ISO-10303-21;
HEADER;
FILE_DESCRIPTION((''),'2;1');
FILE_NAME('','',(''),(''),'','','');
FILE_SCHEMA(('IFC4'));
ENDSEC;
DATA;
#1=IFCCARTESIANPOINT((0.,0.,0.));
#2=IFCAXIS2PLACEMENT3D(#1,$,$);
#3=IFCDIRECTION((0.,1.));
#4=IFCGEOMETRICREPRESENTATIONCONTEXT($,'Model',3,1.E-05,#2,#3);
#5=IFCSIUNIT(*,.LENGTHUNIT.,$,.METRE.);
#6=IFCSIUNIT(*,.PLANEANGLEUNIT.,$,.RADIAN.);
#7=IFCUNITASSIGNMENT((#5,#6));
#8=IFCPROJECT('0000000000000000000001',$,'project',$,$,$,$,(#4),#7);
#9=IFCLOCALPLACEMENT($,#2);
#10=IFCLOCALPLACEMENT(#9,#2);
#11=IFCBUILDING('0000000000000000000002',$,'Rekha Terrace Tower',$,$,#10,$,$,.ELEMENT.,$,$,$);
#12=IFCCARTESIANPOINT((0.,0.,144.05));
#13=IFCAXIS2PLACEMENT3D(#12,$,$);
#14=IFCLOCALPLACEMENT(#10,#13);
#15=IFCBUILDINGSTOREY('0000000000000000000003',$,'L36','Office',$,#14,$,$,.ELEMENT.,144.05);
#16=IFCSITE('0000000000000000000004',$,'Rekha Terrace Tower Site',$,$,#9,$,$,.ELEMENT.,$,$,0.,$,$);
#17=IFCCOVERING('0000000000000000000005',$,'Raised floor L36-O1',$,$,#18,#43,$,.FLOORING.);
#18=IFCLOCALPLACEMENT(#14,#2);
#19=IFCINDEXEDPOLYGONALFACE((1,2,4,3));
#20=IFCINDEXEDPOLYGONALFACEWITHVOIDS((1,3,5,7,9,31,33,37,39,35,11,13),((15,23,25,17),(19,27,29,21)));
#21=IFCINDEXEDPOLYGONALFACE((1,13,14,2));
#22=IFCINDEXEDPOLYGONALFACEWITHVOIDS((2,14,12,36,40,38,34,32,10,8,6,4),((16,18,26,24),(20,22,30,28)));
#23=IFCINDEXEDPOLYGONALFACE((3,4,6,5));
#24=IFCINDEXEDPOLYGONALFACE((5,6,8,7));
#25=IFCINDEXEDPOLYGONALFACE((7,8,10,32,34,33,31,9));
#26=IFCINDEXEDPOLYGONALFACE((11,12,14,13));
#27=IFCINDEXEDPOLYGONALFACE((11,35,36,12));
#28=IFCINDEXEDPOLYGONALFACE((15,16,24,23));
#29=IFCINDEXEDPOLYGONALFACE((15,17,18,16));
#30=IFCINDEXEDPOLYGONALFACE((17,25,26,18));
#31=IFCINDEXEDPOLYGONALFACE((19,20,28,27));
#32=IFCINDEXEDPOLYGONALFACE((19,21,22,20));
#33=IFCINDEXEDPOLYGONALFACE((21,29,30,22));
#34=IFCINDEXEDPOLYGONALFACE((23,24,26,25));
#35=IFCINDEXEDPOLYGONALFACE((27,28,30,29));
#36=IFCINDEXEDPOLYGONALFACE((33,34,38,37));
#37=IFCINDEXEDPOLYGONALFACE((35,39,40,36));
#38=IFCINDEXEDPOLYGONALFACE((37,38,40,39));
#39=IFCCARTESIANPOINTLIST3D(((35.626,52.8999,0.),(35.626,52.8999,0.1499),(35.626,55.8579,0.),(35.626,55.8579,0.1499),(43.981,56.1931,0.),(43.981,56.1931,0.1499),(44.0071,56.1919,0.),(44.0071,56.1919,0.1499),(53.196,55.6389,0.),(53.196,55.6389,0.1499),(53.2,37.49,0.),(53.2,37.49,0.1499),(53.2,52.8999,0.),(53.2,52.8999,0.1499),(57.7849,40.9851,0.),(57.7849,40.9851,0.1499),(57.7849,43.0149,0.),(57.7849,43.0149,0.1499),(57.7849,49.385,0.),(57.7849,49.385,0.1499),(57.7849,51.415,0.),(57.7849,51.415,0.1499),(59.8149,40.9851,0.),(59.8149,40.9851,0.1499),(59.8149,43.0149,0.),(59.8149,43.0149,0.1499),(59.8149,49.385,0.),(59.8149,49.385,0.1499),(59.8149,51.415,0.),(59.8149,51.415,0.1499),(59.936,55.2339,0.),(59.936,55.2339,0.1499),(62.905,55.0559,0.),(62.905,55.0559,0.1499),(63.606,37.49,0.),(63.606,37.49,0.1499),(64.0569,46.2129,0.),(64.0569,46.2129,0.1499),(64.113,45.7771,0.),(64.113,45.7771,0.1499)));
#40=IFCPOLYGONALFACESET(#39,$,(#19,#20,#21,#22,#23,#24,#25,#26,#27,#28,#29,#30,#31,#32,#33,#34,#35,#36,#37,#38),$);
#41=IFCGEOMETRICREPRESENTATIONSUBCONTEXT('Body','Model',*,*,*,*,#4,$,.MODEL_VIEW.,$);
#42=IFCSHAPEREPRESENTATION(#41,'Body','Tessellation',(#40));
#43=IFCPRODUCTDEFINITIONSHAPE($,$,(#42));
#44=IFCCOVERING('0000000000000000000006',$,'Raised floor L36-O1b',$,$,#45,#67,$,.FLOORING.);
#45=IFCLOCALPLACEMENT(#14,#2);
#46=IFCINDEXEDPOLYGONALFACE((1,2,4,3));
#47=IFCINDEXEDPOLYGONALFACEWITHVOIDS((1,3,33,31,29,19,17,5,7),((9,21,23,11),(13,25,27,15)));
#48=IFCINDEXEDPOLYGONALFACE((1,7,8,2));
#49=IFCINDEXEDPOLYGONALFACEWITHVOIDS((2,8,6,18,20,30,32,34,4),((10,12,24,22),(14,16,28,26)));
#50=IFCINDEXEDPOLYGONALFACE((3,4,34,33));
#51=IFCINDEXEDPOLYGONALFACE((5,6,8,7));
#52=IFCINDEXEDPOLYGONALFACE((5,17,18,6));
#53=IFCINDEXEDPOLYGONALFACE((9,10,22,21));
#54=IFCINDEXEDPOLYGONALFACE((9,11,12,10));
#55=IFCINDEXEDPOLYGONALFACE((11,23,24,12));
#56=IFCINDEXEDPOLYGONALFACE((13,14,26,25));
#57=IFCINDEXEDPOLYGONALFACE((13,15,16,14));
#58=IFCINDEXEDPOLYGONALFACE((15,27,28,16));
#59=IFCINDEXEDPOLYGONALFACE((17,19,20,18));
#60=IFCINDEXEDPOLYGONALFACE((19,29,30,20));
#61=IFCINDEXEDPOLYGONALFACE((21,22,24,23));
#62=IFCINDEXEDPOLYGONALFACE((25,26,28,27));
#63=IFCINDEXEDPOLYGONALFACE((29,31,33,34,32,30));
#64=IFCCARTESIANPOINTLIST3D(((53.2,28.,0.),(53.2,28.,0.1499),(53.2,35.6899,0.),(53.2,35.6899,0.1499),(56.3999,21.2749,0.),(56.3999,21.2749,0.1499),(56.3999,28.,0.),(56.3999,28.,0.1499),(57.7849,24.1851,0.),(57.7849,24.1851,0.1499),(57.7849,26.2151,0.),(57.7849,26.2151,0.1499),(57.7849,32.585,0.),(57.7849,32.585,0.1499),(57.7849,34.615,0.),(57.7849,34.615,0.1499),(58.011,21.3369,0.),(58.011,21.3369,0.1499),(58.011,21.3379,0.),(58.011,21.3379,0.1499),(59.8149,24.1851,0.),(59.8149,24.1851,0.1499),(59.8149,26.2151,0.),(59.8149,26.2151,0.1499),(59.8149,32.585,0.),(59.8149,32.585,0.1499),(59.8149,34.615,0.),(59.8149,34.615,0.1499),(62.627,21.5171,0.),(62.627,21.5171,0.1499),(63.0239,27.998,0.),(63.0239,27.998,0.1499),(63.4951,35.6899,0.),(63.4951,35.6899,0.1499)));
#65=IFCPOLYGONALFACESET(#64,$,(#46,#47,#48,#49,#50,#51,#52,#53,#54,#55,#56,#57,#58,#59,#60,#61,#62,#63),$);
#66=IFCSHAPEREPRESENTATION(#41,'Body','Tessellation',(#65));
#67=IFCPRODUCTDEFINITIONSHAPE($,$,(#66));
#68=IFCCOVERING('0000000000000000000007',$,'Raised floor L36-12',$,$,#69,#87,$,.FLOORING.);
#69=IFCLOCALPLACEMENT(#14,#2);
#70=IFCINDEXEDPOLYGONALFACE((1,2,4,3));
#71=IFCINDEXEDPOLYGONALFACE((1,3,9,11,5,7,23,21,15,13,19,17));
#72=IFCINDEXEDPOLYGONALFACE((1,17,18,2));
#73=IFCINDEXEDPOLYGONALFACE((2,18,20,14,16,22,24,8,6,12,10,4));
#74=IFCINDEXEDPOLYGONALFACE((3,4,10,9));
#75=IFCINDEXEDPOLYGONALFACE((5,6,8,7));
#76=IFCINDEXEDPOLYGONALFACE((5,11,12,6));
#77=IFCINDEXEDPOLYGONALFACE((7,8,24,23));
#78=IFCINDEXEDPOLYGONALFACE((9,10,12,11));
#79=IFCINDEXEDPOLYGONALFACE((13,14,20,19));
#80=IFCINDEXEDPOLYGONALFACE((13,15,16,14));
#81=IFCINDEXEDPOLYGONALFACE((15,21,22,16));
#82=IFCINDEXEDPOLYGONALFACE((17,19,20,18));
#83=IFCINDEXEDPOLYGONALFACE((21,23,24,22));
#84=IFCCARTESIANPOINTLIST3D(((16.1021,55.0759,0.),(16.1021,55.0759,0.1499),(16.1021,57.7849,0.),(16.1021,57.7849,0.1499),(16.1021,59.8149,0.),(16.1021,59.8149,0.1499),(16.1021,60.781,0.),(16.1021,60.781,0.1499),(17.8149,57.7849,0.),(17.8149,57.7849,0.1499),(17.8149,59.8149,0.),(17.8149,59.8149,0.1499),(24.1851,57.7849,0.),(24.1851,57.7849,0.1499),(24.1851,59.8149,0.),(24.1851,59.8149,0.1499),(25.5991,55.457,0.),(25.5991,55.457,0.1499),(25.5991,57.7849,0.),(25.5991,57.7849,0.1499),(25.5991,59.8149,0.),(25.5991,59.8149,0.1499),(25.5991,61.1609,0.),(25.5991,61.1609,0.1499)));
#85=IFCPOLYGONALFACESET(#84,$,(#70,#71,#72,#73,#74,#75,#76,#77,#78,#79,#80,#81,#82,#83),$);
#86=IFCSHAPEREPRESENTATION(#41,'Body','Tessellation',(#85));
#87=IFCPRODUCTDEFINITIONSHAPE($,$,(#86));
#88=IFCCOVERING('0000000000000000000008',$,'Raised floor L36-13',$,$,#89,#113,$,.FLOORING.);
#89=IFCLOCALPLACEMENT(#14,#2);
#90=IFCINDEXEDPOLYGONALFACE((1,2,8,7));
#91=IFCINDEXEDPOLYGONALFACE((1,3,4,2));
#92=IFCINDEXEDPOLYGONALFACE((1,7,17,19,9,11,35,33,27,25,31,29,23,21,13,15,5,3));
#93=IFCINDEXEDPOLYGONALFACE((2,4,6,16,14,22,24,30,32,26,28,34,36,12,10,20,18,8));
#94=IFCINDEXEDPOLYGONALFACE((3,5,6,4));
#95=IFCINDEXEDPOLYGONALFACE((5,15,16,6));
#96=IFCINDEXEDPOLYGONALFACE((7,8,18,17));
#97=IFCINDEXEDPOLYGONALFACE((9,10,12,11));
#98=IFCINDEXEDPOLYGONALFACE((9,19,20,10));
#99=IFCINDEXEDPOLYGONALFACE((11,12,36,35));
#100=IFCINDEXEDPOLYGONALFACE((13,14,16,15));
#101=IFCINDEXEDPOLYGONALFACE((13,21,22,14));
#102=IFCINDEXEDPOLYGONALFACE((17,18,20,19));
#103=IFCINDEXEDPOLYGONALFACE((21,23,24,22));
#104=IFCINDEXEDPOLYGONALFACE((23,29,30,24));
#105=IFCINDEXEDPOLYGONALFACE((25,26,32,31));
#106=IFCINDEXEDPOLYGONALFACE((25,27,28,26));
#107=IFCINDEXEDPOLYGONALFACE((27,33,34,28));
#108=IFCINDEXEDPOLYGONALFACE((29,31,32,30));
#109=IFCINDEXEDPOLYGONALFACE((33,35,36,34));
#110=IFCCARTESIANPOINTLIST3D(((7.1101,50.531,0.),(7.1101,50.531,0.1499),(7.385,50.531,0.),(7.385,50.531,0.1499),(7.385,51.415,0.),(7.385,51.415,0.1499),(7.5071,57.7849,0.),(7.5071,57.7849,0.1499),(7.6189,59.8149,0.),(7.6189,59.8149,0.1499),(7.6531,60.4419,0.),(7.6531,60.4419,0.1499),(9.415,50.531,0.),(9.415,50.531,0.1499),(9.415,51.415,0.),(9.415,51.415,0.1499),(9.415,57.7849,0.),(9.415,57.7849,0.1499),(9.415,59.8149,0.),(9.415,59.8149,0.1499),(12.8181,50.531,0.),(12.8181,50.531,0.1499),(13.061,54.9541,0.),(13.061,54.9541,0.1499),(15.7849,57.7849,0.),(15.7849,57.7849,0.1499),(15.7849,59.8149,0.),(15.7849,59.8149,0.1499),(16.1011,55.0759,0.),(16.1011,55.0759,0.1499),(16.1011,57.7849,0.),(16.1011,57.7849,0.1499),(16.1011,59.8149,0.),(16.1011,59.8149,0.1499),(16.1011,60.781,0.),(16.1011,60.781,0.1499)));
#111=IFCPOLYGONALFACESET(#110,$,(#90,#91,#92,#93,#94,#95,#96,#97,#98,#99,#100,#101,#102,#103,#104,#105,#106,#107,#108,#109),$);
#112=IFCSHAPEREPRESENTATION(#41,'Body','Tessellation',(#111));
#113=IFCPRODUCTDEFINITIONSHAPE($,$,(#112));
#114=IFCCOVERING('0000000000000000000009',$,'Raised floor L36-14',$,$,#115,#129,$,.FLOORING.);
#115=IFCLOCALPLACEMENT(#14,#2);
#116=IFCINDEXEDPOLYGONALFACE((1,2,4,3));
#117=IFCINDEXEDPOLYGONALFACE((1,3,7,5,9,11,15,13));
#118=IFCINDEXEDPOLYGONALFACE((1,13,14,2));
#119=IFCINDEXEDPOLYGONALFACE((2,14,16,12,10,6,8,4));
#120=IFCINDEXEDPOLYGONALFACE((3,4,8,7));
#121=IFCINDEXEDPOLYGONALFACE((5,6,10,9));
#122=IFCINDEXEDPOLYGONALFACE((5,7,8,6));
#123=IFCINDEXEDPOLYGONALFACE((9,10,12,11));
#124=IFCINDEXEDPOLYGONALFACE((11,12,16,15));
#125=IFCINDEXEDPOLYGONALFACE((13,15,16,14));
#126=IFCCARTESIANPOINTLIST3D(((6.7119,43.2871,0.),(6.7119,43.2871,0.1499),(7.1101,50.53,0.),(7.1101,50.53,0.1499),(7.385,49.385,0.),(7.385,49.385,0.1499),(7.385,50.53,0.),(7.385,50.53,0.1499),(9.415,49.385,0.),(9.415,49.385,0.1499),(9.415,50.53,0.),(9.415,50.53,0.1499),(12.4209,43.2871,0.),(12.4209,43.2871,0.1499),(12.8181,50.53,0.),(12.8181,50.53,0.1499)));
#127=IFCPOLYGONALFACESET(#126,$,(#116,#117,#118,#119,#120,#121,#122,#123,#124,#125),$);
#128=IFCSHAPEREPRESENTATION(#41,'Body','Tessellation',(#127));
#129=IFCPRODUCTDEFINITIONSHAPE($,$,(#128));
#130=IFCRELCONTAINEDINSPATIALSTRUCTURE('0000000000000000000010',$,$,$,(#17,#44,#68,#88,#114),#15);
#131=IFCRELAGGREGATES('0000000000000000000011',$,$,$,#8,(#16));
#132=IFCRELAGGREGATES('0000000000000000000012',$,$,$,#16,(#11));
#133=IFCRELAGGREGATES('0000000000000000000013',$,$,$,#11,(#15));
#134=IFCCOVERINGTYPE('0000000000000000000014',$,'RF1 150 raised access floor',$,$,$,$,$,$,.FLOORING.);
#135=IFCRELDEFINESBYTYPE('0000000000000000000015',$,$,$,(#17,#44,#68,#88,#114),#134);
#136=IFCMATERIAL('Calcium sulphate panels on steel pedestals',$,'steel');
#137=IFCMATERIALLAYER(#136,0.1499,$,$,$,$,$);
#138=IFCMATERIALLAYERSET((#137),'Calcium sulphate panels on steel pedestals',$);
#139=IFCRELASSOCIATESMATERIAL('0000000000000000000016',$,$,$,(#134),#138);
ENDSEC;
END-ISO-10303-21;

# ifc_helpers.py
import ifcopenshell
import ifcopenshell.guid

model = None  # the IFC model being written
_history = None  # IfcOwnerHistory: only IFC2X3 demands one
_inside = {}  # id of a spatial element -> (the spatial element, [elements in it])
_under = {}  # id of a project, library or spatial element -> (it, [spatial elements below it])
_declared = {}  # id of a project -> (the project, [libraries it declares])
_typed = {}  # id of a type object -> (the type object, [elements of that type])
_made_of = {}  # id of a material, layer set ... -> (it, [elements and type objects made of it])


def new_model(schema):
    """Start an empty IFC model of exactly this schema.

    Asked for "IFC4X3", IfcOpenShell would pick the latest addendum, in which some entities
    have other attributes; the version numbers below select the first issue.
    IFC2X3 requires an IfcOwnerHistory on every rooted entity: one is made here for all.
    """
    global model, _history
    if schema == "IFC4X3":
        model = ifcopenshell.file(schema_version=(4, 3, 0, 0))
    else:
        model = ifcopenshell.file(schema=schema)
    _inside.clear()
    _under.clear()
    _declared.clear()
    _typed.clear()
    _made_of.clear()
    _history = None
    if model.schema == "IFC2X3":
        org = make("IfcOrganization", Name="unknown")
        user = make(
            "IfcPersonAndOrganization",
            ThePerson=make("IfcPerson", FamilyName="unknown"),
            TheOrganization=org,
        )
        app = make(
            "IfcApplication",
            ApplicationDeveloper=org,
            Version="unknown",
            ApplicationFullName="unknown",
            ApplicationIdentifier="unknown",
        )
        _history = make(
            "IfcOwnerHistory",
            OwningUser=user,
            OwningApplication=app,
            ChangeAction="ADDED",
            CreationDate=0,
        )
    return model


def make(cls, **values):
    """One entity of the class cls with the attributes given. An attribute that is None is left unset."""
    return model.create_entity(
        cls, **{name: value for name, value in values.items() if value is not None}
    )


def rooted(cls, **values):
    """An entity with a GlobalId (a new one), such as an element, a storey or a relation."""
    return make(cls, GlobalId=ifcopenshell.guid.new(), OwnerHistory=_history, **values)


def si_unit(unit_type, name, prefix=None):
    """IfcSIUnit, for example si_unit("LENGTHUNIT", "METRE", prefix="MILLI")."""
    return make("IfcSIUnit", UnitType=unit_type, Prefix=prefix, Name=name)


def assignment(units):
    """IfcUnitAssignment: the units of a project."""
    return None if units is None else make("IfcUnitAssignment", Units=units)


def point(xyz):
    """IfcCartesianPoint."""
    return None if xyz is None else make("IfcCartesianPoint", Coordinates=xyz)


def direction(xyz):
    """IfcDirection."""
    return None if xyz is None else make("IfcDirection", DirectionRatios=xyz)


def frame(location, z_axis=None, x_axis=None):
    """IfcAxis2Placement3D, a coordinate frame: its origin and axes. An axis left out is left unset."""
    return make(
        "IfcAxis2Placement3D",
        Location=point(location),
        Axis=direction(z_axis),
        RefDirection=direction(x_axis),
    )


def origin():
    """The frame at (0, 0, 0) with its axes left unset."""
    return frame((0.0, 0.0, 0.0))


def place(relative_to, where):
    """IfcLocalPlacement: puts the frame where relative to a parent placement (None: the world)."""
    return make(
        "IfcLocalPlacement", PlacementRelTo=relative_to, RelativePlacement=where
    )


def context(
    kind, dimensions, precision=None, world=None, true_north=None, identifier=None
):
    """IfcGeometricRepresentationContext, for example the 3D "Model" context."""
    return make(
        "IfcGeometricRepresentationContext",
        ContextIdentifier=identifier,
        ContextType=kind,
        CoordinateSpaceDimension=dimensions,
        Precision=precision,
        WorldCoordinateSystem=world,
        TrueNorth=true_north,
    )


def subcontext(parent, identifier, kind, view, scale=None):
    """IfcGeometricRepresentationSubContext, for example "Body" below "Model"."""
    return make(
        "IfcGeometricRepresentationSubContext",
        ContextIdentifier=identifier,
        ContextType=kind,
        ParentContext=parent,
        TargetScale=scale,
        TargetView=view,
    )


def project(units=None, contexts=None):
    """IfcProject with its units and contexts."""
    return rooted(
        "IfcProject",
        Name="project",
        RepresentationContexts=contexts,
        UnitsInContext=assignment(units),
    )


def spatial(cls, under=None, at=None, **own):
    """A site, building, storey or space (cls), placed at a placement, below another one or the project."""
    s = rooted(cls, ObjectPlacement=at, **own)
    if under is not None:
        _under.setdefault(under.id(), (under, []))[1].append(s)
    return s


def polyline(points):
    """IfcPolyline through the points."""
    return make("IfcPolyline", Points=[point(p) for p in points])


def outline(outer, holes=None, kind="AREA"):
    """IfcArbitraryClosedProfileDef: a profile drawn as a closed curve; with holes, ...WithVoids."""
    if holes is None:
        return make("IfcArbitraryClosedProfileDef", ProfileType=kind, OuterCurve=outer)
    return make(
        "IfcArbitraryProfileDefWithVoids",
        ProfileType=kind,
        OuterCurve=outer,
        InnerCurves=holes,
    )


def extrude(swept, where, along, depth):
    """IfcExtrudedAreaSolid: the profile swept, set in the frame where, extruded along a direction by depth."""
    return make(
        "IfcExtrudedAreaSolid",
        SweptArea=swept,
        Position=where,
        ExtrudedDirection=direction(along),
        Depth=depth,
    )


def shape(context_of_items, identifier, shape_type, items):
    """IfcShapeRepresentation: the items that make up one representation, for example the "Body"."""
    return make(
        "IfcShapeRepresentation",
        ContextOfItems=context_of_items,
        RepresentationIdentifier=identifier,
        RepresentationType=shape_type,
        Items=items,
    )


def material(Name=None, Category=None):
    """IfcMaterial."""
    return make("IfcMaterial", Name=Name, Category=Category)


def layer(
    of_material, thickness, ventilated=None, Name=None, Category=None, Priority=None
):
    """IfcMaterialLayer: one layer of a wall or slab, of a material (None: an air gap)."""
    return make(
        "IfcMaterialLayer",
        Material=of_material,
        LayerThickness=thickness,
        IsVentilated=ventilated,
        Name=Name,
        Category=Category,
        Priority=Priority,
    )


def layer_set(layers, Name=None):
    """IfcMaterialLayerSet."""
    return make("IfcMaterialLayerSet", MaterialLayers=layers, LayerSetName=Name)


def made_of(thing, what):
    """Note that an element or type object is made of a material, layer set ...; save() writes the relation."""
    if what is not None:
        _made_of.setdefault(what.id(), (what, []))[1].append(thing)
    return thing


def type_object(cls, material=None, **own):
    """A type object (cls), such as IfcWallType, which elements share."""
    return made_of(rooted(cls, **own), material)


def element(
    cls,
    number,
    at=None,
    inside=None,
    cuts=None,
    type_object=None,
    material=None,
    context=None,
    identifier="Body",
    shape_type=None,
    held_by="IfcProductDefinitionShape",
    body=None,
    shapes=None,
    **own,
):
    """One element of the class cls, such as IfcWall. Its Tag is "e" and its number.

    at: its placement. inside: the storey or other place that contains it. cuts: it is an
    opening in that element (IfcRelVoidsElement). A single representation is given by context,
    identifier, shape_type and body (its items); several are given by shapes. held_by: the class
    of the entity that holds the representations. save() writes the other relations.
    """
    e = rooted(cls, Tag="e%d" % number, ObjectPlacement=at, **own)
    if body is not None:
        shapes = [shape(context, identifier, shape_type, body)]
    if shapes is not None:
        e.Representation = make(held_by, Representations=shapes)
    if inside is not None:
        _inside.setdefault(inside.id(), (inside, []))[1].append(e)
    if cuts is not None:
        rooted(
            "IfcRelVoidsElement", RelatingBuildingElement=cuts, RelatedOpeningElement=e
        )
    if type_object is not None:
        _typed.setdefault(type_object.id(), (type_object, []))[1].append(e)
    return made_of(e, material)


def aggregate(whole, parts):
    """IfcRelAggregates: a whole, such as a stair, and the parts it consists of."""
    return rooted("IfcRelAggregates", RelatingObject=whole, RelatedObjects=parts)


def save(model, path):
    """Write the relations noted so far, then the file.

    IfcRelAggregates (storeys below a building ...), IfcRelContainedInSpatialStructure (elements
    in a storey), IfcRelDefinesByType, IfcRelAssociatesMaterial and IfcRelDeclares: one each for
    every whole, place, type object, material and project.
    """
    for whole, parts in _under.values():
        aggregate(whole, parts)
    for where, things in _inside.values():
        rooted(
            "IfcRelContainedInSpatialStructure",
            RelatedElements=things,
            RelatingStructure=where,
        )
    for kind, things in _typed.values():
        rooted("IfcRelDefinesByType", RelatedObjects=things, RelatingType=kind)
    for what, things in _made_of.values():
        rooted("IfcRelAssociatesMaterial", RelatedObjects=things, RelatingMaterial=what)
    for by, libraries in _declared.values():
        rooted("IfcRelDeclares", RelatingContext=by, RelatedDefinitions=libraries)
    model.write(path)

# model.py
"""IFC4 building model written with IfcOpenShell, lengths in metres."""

from ifc_helpers import new_model, si_unit, direction, frame, origin, place, context, subcontext, project, spatial, polyline, outline, extrude, material, layer, layer_set, type_object, element, save


model = new_model("IFC4")

# Units and contexts
model_context = context("Model", 3, precision=1e-05, world=origin(), true_north=direction((0.0, 1.0)))
body_context = subcontext(model_context, "Body", "Model", "MODEL_VIEW")
ifc_project = project(units=[si_unit("LENGTHUNIT", "METRE"), si_unit("PLANEANGLEUNIT", "RADIAN")], contexts=[model_context])

# Site, building, storey
site_placement = place(None, origin())
site = spatial("IfcSite", under=ifc_project, at=site_placement, Name="Rekha Terrace Tower Site", CompositionType="ELEMENT", RefElevation=0.0)
building_placement = place(site_placement, origin())
building = spatial("IfcBuilding", under=site, at=building_placement, Name="Rekha Terrace Tower", CompositionType="ELEMENT")
storey_placement = place(building_placement, frame((0.0, 0.0, 144.05)))
storey = spatial("IfcBuildingStorey", under=building, at=storey_placement, Name="L36", Description="Office", CompositionType="ELEMENT", Elevation=144.05)

# Coverings
ifc_material_1 = material(Name="Calcium sulphate panels on steel pedestals", Category="steel")
ifc_layer_1 = layer(ifc_material_1, 0.1499)
ifc_layer_set_1 = layer_set([ifc_layer_1], Name="Calcium sulphate panels on steel pedestals")
covering_type_1 = type_object("IfcCoveringType", Name="RF1 150 raised access floor", PredefinedType="FLOORING", material=ifc_layer_set_1)
covering_1_placement = place(storey_placement, origin())
element("IfcCovering", 1, at=covering_1_placement, inside=storey, type_object=covering_type_1, Name="Raised floor L36-O1", PredefinedType="FLOORING", context=body_context, shape_type="SweptSolid", body=[
    extrude(outline(polyline([(53.196, 55.6389), (44.0071, 56.1919), (43.981, 56.1931), (35.626, 55.8579), (35.626, 52.8999), (53.2, 52.8999), (53.2, 37.49), (63.606, 37.49), (64.113, 45.7771), (64.0569, 46.2129), (62.905, 55.0559), (59.936, 55.2339), (53.196, 55.6389)]), holes=[polyline([(59.8149, 40.9851), (57.7849, 40.9851), (57.7849, 43.0149), (59.8149, 43.0149), (59.8149, 40.9851)]), polyline([(59.8149, 49.385), (57.7849, 49.385), (57.7849, 51.415), (59.8149, 51.415), (59.8149, 49.385)])]), origin(), (0.0, 0.0, 1.0), 0.1499),
])
covering_2_placement = place(storey_placement, origin())
element("IfcCovering", 2, at=covering_2_placement, inside=storey, type_object=covering_type_1, Name="Raised floor L36-O1b", PredefinedType="FLOORING", context=body_context, shape_type="SweptSolid", body=[
    extrude(outline(polyline([(56.3999, 21.2749), (58.011, 21.3369), (58.011, 21.3379), (62.627, 21.5171), (63.0239, 27.998), (63.4951, 35.6899), (53.2, 35.6899), (53.2, 28.0), (56.3999, 28.0), (56.3999, 21.2749)]), holes=[polyline([(59.8149, 26.2151), (59.8149, 24.1851), (57.7849, 24.1851), (57.7849, 26.2151), (59.8149, 26.2151)]), polyline([(59.8149, 32.585), (57.7849, 32.585), (57.7849, 34.615), (59.8149, 34.615), (59.8149, 32.585)])]), origin(), (0.0, 0.0, 1.0), 0.1499),
])
covering_3_placement = place(storey_placement, origin())
element("IfcCovering", 3, at=covering_3_placement, inside=storey, type_object=covering_type_1, Name="Raised floor L36-12", PredefinedType="FLOORING", context=body_context, shape_type="SweptSolid", body=[
    extrude(outline(polyline([(16.1021, 57.7849), (16.1021, 55.0759), (25.5991, 55.457), (25.5991, 57.7849), (24.1851, 57.7849), (24.1851, 59.8149), (25.5991, 59.8149), (25.5991, 61.1609), (16.1021, 60.781), (16.1021, 59.8149), (17.8149, 59.8149), (17.8149, 57.7849), (16.1021, 57.7849)])), origin(), (0.0, 0.0, 1.0), 0.1499),
])
covering_4_placement = place(storey_placement, origin())
element("IfcCovering", 4, at=covering_4_placement, inside=storey, type_object=covering_type_1, Name="Raised floor L36-13", PredefinedType="FLOORING", context=body_context, shape_type="SweptSolid", body=[
    extrude(outline(polyline([(15.7849, 59.8149), (16.1011, 59.8149), (16.1011, 60.781), (7.6531, 60.4419), (7.6189, 59.8149), (9.415, 59.8149), (9.415, 57.7849), (7.5071, 57.7849), (7.1101, 50.531), (7.385, 50.531), (7.385, 51.415), (9.415, 51.415), (9.415, 50.531), (12.8181, 50.531), (13.061, 54.9541), (16.1011, 55.0759), (16.1011, 57.7849), (15.7849, 57.7849), (15.7849, 59.8149)])), origin(), (0.0, 0.0, 1.0), 0.1499),
])
covering_5_placement = place(storey_placement, origin())
element("IfcCovering", 5, at=covering_5_placement, inside=storey, type_object=covering_type_1, Name="Raised floor L36-14", PredefinedType="FLOORING", context=body_context, shape_type="SweptSolid", body=[
    extrude(outline(polyline([(6.7119, 43.2871), (12.4209, 43.2871), (12.8181, 50.53), (9.415, 50.53), (9.415, 49.385), (7.385, 49.385), (7.385, 50.53), (7.1101, 50.53), (6.7119, 43.2871)])), origin(), (0.0, 0.0, 1.0), 0.1499),
])

save(model, "model.ifc")
